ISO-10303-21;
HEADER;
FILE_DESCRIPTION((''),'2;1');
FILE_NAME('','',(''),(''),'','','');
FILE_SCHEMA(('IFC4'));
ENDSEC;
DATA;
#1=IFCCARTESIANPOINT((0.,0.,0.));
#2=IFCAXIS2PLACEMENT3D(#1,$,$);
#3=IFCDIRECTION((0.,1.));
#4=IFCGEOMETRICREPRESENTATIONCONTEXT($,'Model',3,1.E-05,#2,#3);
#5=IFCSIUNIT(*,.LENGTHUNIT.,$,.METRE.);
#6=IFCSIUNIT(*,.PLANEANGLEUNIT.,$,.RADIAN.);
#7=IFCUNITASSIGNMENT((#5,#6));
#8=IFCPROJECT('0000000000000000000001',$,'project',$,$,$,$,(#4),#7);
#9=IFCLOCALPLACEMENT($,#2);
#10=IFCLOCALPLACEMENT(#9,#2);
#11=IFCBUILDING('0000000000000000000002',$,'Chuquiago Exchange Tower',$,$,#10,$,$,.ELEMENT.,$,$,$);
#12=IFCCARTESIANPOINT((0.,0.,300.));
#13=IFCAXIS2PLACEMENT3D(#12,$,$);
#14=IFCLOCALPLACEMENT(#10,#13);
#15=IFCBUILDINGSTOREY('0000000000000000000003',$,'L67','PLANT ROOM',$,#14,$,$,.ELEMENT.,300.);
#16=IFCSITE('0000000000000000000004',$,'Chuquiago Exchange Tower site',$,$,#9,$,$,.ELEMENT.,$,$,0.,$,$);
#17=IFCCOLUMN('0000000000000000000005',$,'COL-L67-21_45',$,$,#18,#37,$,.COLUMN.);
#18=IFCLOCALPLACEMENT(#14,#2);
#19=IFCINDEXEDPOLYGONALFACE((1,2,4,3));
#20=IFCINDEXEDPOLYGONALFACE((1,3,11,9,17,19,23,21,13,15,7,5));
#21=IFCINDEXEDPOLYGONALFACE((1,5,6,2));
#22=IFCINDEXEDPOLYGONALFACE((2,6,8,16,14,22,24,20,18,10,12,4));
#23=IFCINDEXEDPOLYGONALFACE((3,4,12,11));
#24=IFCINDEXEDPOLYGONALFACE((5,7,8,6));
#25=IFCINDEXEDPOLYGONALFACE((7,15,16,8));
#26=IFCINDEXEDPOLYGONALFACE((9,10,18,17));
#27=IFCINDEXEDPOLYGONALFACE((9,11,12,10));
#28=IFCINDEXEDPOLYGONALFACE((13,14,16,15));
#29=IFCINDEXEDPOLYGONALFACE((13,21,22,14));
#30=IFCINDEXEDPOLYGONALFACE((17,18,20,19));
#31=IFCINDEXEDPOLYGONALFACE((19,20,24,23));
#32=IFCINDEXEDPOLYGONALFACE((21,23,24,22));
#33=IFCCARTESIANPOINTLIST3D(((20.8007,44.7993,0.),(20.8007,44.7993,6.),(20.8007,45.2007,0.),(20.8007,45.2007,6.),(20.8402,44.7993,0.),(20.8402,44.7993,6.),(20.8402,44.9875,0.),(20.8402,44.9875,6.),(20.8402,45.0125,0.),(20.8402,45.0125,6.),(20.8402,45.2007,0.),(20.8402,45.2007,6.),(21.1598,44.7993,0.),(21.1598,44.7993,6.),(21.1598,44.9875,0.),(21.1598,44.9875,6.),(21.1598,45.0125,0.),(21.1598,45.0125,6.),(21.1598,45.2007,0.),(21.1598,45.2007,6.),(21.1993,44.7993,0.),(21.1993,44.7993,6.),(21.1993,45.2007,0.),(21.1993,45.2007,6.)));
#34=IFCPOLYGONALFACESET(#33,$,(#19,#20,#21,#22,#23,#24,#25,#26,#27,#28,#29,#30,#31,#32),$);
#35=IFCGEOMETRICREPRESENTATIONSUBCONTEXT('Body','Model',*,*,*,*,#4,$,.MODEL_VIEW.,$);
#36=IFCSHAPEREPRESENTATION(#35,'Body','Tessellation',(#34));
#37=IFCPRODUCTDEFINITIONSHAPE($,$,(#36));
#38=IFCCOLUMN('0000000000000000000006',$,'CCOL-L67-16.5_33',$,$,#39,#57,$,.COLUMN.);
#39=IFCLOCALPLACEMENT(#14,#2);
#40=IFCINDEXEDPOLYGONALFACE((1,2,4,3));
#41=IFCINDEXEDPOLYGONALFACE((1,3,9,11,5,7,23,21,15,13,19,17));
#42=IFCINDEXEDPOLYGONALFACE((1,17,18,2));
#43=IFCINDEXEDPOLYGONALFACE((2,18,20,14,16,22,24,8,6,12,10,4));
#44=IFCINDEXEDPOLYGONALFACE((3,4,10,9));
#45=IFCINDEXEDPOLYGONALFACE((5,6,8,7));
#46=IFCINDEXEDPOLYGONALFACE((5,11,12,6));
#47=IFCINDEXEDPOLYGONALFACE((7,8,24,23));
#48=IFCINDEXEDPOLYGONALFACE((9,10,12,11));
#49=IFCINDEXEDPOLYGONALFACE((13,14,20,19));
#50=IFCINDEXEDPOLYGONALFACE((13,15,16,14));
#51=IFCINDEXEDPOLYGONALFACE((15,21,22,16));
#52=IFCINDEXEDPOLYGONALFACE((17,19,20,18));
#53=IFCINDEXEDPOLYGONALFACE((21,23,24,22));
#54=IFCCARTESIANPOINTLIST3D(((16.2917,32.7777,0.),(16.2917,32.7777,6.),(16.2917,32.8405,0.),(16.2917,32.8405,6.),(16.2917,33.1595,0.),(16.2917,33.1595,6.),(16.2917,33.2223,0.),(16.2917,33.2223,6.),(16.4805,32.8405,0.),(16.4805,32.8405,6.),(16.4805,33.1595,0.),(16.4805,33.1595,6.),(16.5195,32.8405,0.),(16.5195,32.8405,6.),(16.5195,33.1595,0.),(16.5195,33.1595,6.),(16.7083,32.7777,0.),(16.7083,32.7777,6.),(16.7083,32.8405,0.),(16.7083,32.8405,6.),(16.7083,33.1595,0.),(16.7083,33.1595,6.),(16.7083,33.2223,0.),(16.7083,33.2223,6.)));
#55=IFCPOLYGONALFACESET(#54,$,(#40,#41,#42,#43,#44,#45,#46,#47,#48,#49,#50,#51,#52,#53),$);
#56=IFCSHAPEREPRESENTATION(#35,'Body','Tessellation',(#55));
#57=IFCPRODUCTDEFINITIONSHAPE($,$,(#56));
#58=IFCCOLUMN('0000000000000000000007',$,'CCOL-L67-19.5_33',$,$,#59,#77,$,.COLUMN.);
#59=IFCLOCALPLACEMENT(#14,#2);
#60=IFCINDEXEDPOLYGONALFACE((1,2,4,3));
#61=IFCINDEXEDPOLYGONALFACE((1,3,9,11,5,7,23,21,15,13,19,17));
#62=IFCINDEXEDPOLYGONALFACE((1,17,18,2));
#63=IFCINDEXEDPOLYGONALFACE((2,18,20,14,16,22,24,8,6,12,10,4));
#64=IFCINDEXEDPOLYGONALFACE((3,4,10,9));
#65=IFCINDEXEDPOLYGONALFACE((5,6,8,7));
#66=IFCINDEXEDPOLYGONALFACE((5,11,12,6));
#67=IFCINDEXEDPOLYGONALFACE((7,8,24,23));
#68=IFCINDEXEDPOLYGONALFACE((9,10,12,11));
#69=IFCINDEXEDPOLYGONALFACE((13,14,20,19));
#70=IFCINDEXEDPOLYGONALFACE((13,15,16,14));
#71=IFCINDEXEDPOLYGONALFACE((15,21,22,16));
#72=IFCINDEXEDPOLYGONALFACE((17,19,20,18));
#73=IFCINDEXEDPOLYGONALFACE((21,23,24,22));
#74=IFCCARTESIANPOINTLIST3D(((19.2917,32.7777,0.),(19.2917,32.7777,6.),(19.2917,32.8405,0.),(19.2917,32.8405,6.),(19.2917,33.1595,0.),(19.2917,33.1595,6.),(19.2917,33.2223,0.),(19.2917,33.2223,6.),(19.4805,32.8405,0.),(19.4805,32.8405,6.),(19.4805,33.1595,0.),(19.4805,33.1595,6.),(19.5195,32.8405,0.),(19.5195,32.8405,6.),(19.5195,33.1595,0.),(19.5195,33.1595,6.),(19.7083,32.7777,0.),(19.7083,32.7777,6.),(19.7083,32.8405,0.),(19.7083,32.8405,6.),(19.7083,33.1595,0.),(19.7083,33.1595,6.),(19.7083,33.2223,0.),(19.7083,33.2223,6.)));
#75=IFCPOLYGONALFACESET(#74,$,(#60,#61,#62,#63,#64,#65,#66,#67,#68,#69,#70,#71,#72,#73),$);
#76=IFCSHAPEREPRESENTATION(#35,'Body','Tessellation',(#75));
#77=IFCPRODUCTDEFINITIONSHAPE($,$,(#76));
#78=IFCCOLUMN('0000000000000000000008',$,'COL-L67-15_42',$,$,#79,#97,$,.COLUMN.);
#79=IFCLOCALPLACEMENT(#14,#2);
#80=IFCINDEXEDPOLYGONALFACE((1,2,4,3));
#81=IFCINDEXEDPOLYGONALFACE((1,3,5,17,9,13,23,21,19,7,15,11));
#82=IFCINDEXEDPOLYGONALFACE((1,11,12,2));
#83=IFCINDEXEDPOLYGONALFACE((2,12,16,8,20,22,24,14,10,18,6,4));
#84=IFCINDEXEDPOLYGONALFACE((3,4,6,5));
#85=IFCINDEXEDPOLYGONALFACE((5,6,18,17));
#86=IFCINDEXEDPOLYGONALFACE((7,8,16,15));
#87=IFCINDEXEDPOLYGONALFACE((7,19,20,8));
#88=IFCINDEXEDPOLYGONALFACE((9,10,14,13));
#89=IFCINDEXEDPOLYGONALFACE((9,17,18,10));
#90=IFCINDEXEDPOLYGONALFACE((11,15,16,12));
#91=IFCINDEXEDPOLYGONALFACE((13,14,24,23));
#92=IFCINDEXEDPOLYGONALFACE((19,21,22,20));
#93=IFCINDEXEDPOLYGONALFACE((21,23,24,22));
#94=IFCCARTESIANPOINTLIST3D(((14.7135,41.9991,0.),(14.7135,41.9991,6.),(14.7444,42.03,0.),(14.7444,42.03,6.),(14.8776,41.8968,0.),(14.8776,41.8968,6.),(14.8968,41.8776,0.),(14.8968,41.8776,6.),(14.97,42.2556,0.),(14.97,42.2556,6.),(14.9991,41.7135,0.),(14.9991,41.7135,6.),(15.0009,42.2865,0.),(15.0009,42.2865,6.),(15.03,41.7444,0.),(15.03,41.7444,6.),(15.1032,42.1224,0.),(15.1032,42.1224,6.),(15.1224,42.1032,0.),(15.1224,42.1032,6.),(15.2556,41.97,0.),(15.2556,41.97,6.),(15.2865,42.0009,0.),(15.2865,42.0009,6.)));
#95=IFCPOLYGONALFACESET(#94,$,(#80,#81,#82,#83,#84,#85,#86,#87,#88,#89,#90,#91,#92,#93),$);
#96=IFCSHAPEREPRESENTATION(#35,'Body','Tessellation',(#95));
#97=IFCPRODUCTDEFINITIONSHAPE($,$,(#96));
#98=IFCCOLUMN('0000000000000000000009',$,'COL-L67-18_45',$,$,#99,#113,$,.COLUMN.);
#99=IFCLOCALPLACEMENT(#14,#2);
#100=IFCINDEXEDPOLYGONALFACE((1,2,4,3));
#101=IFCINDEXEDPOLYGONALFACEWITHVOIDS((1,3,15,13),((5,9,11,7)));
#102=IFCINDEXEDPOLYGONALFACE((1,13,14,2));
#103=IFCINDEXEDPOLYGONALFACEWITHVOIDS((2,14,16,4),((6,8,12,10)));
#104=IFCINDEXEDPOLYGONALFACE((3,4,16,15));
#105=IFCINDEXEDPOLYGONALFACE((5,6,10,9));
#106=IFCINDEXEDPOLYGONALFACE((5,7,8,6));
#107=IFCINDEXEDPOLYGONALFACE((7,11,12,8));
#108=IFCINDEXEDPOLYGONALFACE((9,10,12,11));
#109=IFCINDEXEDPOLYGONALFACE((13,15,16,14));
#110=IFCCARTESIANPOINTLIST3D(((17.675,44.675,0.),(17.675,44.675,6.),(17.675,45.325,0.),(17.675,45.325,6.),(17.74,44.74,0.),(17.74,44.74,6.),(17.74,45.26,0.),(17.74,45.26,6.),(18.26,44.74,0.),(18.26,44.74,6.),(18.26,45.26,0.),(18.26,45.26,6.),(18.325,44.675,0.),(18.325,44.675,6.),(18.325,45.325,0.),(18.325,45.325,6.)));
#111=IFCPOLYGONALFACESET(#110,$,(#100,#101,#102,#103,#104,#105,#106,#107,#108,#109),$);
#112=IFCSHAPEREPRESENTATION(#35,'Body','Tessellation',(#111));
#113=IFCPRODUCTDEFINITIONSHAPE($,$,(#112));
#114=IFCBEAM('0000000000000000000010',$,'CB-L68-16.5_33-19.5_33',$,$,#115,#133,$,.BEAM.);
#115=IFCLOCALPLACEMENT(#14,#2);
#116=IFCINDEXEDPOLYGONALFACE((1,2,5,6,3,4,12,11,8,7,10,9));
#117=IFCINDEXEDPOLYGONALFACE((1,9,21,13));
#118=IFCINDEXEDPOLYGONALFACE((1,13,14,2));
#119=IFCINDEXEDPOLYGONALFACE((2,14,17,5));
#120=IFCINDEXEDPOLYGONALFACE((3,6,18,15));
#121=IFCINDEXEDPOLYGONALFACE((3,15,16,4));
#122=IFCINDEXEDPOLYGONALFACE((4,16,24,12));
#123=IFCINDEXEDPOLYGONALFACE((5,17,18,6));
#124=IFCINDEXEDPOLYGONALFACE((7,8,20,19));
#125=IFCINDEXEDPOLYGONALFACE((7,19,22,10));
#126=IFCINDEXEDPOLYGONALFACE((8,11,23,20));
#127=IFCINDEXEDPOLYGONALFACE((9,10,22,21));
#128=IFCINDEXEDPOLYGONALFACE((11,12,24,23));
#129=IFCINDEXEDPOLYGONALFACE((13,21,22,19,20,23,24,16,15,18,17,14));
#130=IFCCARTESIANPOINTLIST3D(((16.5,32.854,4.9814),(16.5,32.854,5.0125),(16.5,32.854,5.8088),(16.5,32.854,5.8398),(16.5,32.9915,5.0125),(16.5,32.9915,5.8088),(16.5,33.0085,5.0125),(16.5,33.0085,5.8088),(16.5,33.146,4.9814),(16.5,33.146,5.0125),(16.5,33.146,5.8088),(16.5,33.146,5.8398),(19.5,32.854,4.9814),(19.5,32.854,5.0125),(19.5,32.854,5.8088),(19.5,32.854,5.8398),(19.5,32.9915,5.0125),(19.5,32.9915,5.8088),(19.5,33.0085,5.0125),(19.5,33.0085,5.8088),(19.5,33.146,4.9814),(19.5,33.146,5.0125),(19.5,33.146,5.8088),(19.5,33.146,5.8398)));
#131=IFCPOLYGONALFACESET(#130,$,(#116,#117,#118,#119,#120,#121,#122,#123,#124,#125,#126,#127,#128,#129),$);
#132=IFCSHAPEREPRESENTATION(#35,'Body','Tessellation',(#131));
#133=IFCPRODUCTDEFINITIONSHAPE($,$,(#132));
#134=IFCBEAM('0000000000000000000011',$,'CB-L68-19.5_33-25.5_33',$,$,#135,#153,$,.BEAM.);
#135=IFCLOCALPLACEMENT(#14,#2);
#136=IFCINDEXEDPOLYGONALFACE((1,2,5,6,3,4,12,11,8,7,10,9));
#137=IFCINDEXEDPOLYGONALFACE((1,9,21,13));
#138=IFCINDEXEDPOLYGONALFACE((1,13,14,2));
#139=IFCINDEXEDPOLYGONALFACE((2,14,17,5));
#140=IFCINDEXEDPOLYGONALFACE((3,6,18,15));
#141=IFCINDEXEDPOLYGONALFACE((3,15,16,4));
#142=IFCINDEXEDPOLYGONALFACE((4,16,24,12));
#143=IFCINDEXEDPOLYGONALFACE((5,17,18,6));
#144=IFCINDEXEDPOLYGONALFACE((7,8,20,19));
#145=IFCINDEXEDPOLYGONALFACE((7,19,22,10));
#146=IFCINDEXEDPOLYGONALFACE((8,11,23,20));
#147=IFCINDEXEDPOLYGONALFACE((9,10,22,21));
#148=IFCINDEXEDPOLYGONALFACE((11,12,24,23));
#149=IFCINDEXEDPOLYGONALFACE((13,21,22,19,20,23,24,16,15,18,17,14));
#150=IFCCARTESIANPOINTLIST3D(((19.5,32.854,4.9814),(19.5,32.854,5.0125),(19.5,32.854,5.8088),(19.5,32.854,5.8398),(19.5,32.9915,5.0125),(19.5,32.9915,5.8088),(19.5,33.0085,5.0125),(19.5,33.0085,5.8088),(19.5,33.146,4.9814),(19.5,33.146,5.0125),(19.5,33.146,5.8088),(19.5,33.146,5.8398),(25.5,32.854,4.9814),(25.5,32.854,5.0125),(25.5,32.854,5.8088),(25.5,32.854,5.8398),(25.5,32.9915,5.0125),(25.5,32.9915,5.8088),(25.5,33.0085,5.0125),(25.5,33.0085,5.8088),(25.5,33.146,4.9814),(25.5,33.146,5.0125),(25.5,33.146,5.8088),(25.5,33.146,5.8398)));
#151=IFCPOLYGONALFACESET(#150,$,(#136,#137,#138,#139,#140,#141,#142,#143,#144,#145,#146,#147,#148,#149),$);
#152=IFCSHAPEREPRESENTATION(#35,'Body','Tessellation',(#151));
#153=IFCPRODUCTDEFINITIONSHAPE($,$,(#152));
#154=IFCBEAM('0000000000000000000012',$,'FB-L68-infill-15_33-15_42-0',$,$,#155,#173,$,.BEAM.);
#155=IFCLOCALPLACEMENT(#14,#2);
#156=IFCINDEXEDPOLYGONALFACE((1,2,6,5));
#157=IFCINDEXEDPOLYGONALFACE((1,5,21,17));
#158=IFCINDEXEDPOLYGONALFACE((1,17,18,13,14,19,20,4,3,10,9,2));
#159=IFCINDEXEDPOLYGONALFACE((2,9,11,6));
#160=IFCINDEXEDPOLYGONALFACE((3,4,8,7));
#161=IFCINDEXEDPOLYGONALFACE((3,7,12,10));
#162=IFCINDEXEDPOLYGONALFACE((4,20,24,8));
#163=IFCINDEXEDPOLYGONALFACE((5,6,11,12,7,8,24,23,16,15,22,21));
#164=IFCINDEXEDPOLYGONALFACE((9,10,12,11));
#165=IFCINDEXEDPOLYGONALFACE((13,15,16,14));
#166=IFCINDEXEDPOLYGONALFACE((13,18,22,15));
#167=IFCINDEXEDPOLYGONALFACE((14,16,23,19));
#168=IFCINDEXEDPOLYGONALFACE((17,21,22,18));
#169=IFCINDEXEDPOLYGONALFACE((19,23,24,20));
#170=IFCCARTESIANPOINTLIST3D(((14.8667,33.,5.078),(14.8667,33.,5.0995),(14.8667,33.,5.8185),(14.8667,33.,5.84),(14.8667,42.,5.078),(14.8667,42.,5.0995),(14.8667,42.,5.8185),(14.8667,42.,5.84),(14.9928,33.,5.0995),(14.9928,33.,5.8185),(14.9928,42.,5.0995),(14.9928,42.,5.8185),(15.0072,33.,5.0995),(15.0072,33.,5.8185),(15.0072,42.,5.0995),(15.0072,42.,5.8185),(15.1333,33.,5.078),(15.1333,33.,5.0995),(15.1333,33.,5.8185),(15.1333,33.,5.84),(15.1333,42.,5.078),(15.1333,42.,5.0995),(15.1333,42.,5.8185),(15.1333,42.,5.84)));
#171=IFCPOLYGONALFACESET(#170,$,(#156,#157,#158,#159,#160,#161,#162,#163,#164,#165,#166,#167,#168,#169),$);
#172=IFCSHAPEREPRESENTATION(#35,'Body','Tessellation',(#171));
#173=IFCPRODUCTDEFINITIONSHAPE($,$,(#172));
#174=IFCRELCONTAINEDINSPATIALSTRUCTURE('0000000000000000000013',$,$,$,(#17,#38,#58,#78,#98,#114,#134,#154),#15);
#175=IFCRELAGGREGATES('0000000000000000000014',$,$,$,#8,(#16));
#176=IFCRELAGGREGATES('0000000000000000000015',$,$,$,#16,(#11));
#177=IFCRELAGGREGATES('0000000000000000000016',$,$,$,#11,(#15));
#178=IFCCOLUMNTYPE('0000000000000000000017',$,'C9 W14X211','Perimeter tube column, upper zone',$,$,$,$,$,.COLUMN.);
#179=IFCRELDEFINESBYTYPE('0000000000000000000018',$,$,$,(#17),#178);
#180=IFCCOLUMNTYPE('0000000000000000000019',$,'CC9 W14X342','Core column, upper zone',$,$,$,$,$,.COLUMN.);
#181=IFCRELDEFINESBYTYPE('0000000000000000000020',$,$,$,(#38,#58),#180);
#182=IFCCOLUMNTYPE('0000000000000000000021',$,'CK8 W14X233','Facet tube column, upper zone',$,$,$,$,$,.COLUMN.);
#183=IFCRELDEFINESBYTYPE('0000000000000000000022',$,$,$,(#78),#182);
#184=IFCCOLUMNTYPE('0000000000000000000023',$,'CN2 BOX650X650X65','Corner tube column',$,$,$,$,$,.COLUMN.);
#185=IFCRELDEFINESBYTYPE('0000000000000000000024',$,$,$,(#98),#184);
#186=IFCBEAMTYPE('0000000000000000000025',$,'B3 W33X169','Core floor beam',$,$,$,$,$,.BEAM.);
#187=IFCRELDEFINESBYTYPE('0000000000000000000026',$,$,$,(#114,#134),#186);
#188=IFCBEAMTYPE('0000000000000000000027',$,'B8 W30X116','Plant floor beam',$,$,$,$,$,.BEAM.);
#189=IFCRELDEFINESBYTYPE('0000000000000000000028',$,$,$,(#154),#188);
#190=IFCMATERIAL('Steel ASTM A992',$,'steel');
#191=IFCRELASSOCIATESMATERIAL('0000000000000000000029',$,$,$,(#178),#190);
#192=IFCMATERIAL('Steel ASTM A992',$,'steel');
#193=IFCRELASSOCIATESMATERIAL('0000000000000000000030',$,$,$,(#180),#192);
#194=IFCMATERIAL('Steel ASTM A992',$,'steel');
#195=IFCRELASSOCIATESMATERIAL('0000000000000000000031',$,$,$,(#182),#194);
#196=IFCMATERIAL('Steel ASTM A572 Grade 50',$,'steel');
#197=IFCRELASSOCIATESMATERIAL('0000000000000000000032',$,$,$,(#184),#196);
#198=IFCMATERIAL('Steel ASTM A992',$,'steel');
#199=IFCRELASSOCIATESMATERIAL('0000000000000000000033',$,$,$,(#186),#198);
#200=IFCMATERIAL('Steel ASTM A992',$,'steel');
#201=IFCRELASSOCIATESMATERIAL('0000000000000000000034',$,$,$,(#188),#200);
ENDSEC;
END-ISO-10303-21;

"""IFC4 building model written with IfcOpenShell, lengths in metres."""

from ifc_helpers import new_model, si_unit, direction, frame, origin, origin_2d, place, context, subcontext, project, spatial, hollow_rectangle, i_section, extrude, material, material_profile, profile_set, type_object, element, save


model = new_model("IFC4")

# Units and contexts
model_context = context("Model", 3, precision=1e-05, world=origin(), true_north=direction((0.0, 1.0)))
body_context = subcontext(model_context, "Body", "Model", "MODEL_VIEW")
ifc_project = project(units=[si_unit("LENGTHUNIT", "METRE"), si_unit("PLANEANGLEUNIT", "RADIAN")], contexts=[model_context])

# Site, building, storey
site_placement = place(None, origin())
site = spatial("IfcSite", under=ifc_project, at=site_placement, Name="Chuquiago Exchange Tower site", CompositionType="ELEMENT", RefElevation=0.0)
building_placement = place(site_placement, origin())
building = spatial("IfcBuilding", under=site, at=building_placement, Name="Chuquiago Exchange Tower", CompositionType="ELEMENT")
storey_placement = place(building_placement, frame((0.0, 0.0, 300.0)))
storey = spatial("IfcBuildingStorey", under=building, at=storey_placement, Name="L67", Description="PLANT ROOM", CompositionType="ELEMENT", Elevation=300.0)

# Columns
ifc_material_1 = material(Name="Steel ASTM A992", Category="steel")
ifc_material_profile_1 = material_profile(ifc_material_1, i_section(OverallWidth=0.4014, OverallDepth=0.3987, WebThickness=0.0249, FlangeThickness=0.0396, at=origin_2d()), Name="W14X211")
ifc_profile_set_1 = profile_set([ifc_material_profile_1], Name="Steel ASTM A992")
column_type_1 = type_object("IfcColumnType", Name="C9 W14X211", Description="Perimeter tube column, upper zone", PredefinedType="COLUMN", material=ifc_profile_set_1)
column_1_placement = place(storey_placement, frame((21.0, 45.0, 0.0), z_axis=(0.0, 0.0, 1.0), x_axis=(0.0, 1.0, 0.0)))
element("IfcColumn", 1, at=column_1_placement, inside=storey, type_object=column_type_1, Name="COL-L67-21_45", PredefinedType="COLUMN", context=body_context, shape_type="SweptSolid", body=[
    extrude(i_section(OverallWidth=0.4014, OverallDepth=0.3987, WebThickness=0.0249, FlangeThickness=0.0396, at=origin_2d()), origin(), (0.0, 0.0, 1.0), 6.0),
])
ifc_material_2 = material(Name="Steel ASTM A992", Category="steel")
ifc_material_profile_2 = material_profile(ifc_material_2, i_section(OverallWidth=0.4165, OverallDepth=0.4446, WebThickness=0.0391, FlangeThickness=0.0627, at=origin_2d()), Name="W14X342")
ifc_profile_set_2 = profile_set([ifc_material_profile_2], Name="Steel ASTM A992")
column_type_2 = type_object("IfcColumnType", Name="CC9 W14X342", Description="Core column, upper zone", PredefinedType="COLUMN", material=ifc_profile_set_2)
for number, where, z_axis, x_axis, name in (
    (2, (16.5, 33.0, 0.0), (0.0, 0.0, 1.0), (1.0, 0.0, 0.0), "CCOL-L67-16.5_33"),
    (3, (19.5, 33.0, 0.0), (0.0, 0.0, 1.0), (1.0, 0.0, 0.0), "CCOL-L67-19.5_33"),
):
    element("IfcColumn", number, at=place(storey_placement, frame(where, z_axis=z_axis, x_axis=x_axis)), inside=storey, type_object=column_type_2, Name=name, PredefinedType="COLUMN", context=body_context, shape_type="SweptSolid", body=[
        extrude(i_section(OverallWidth=0.4165, OverallDepth=0.4446, WebThickness=0.0391, FlangeThickness=0.0627, at=origin_2d()), origin(), (0.0, 0.0, 1.0), 6.0),
    ])
ifc_material_3 = material(Name="Steel ASTM A992", Category="steel")
ifc_material_profile_3 = material_profile(ifc_material_3, i_section(OverallWidth=0.4038, OverallDepth=0.4065, WebThickness=0.0271, FlangeThickness=0.0437, at=origin_2d()), Name="W14X233")
ifc_profile_set_3 = profile_set([ifc_material_profile_3], Name="Steel ASTM A992")
column_type_3 = type_object("IfcColumnType", Name="CK8 W14X233", Description="Facet tube column, upper zone", PredefinedType="COLUMN", material=ifc_profile_set_3)
column_2_placement = place(storey_placement, frame((15.0, 42.0, 0.0), z_axis=(0.0, 0.0, 1.0), x_axis=(-0.707107, 0.707107, 0.0)))
element("IfcColumn", 4, at=column_2_placement, inside=storey, type_object=column_type_3, Name="COL-L67-15_42", PredefinedType="COLUMN", context=body_context, shape_type="SweptSolid", body=[
    extrude(i_section(OverallWidth=0.4038, OverallDepth=0.4065, WebThickness=0.0271, FlangeThickness=0.0437, at=origin_2d()), origin(), (0.0, 0.0, 1.0), 6.0),
])
ifc_material_4 = material(Name="Steel ASTM A572 Grade 50", Category="steel")
ifc_material_profile_4 = material_profile(ifc_material_4, hollow_rectangle(XDim=0.6499, YDim=0.6499, WallThickness=0.0649, at=origin_2d()), Name="BOX650X650X65")
ifc_profile_set_4 = profile_set([ifc_material_profile_4], Name="Steel ASTM A572 Grade 50")
column_type_4 = type_object("IfcColumnType", Name="CN2 BOX650X650X65", Description="Corner tube column", PredefinedType="COLUMN", material=ifc_profile_set_4)
column_3_placement = place(storey_placement, frame((18.0, 45.0, 0.0), z_axis=(0.0, 0.0, 1.0), x_axis=(0.0, 1.0, 0.0)))
element("IfcColumn", 5, at=column_3_placement, inside=storey, type_object=column_type_4, Name="COL-L67-18_45", PredefinedType="COLUMN", context=body_context, shape_type="SweptSolid", body=[
    extrude(hollow_rectangle(XDim=0.6499, YDim=0.6499, WallThickness=0.0649, at=origin_2d()), origin(), (0.0, 0.0, 1.0), 6.0),
])

# Beams
ifc_material_5 = material(Name="Steel ASTM A992", Category="steel")
ifc_material_profile_5 = material_profile(ifc_material_5, i_section(OverallWidth=0.292, OverallDepth=0.8584, WebThickness=0.0171, FlangeThickness=0.031, at=origin_2d()), Name="W33X169")
ifc_profile_set_5 = profile_set([ifc_material_profile_5], Name="Steel ASTM A992")
beam_type_1 = type_object("IfcBeamType", Name="B3 W33X169", Description="Core floor beam", PredefinedType="BEAM", material=ifc_profile_set_5)
beam_1_placement = place(storey_placement, frame((16.5, 33.0, 5.4106), z_axis=(1.0, 0.0, 0.0), x_axis=(0.0, 1.0, 0.0)))
element("IfcBeam", 6, at=beam_1_placement, inside=storey, type_object=beam_type_1, Name="CB-L68-16.5_33-19.5_33", PredefinedType="BEAM", context=body_context, shape_type="SweptSolid", body=[
    extrude(i_section(OverallWidth=0.292, OverallDepth=0.8584, WebThickness=0.0171, FlangeThickness=0.031, at=origin_2d()), origin(), (0.0, 0.0, 1.0), 3.0),
])
beam_2_placement = place(storey_placement, frame((19.5, 33.0, 5.4106), z_axis=(1.0, 0.0, 0.0), x_axis=(0.0, 1.0, 0.0)))
element("IfcBeam", 7, at=beam_2_placement, inside=storey, type_object=beam_type_1, Name="CB-L68-19.5_33-25.5_33", PredefinedType="BEAM", context=body_context, shape_type="SweptSolid", body=[
    extrude(i_section(OverallWidth=0.292, OverallDepth=0.8584, WebThickness=0.0171, FlangeThickness=0.031, at=origin_2d()), origin(), (0.0, 0.0, 1.0), 6.0),
])
ifc_material_6 = material(Name="Steel ASTM A992", Category="steel")
ifc_material_profile_6 = material_profile(ifc_material_6, i_section(OverallWidth=0.2666, OverallDepth=0.762, WebThickness=0.0144, FlangeThickness=0.0215, at=origin_2d()), Name="W30X116")
ifc_profile_set_6 = profile_set([ifc_material_profile_6], Name="Steel ASTM A992")
beam_type_2 = type_object("IfcBeamType", Name="B8 W30X116", Description="Plant floor beam", PredefinedType="BEAM", material=ifc_profile_set_6)
beam_3_placement = place(storey_placement, frame((15.0, 33.0, 5.459), z_axis=(0.0, 1.0, 0.0), x_axis=(-1.0, 0.0, 0.0)))
element("IfcBeam", 8, at=beam_3_placement, inside=storey, type_object=beam_type_2, Name="FB-L68-infill-15_33-15_42-0", PredefinedType="BEAM", context=body_context, shape_type="SweptSolid", body=[
    extrude(i_section(OverallWidth=0.2666, OverallDepth=0.762, WebThickness=0.0144, FlangeThickness=0.0215, at=origin_2d()), origin(), (0.0, 0.0, 1.0), 9.0),
])

save(model, "model.ifc")
